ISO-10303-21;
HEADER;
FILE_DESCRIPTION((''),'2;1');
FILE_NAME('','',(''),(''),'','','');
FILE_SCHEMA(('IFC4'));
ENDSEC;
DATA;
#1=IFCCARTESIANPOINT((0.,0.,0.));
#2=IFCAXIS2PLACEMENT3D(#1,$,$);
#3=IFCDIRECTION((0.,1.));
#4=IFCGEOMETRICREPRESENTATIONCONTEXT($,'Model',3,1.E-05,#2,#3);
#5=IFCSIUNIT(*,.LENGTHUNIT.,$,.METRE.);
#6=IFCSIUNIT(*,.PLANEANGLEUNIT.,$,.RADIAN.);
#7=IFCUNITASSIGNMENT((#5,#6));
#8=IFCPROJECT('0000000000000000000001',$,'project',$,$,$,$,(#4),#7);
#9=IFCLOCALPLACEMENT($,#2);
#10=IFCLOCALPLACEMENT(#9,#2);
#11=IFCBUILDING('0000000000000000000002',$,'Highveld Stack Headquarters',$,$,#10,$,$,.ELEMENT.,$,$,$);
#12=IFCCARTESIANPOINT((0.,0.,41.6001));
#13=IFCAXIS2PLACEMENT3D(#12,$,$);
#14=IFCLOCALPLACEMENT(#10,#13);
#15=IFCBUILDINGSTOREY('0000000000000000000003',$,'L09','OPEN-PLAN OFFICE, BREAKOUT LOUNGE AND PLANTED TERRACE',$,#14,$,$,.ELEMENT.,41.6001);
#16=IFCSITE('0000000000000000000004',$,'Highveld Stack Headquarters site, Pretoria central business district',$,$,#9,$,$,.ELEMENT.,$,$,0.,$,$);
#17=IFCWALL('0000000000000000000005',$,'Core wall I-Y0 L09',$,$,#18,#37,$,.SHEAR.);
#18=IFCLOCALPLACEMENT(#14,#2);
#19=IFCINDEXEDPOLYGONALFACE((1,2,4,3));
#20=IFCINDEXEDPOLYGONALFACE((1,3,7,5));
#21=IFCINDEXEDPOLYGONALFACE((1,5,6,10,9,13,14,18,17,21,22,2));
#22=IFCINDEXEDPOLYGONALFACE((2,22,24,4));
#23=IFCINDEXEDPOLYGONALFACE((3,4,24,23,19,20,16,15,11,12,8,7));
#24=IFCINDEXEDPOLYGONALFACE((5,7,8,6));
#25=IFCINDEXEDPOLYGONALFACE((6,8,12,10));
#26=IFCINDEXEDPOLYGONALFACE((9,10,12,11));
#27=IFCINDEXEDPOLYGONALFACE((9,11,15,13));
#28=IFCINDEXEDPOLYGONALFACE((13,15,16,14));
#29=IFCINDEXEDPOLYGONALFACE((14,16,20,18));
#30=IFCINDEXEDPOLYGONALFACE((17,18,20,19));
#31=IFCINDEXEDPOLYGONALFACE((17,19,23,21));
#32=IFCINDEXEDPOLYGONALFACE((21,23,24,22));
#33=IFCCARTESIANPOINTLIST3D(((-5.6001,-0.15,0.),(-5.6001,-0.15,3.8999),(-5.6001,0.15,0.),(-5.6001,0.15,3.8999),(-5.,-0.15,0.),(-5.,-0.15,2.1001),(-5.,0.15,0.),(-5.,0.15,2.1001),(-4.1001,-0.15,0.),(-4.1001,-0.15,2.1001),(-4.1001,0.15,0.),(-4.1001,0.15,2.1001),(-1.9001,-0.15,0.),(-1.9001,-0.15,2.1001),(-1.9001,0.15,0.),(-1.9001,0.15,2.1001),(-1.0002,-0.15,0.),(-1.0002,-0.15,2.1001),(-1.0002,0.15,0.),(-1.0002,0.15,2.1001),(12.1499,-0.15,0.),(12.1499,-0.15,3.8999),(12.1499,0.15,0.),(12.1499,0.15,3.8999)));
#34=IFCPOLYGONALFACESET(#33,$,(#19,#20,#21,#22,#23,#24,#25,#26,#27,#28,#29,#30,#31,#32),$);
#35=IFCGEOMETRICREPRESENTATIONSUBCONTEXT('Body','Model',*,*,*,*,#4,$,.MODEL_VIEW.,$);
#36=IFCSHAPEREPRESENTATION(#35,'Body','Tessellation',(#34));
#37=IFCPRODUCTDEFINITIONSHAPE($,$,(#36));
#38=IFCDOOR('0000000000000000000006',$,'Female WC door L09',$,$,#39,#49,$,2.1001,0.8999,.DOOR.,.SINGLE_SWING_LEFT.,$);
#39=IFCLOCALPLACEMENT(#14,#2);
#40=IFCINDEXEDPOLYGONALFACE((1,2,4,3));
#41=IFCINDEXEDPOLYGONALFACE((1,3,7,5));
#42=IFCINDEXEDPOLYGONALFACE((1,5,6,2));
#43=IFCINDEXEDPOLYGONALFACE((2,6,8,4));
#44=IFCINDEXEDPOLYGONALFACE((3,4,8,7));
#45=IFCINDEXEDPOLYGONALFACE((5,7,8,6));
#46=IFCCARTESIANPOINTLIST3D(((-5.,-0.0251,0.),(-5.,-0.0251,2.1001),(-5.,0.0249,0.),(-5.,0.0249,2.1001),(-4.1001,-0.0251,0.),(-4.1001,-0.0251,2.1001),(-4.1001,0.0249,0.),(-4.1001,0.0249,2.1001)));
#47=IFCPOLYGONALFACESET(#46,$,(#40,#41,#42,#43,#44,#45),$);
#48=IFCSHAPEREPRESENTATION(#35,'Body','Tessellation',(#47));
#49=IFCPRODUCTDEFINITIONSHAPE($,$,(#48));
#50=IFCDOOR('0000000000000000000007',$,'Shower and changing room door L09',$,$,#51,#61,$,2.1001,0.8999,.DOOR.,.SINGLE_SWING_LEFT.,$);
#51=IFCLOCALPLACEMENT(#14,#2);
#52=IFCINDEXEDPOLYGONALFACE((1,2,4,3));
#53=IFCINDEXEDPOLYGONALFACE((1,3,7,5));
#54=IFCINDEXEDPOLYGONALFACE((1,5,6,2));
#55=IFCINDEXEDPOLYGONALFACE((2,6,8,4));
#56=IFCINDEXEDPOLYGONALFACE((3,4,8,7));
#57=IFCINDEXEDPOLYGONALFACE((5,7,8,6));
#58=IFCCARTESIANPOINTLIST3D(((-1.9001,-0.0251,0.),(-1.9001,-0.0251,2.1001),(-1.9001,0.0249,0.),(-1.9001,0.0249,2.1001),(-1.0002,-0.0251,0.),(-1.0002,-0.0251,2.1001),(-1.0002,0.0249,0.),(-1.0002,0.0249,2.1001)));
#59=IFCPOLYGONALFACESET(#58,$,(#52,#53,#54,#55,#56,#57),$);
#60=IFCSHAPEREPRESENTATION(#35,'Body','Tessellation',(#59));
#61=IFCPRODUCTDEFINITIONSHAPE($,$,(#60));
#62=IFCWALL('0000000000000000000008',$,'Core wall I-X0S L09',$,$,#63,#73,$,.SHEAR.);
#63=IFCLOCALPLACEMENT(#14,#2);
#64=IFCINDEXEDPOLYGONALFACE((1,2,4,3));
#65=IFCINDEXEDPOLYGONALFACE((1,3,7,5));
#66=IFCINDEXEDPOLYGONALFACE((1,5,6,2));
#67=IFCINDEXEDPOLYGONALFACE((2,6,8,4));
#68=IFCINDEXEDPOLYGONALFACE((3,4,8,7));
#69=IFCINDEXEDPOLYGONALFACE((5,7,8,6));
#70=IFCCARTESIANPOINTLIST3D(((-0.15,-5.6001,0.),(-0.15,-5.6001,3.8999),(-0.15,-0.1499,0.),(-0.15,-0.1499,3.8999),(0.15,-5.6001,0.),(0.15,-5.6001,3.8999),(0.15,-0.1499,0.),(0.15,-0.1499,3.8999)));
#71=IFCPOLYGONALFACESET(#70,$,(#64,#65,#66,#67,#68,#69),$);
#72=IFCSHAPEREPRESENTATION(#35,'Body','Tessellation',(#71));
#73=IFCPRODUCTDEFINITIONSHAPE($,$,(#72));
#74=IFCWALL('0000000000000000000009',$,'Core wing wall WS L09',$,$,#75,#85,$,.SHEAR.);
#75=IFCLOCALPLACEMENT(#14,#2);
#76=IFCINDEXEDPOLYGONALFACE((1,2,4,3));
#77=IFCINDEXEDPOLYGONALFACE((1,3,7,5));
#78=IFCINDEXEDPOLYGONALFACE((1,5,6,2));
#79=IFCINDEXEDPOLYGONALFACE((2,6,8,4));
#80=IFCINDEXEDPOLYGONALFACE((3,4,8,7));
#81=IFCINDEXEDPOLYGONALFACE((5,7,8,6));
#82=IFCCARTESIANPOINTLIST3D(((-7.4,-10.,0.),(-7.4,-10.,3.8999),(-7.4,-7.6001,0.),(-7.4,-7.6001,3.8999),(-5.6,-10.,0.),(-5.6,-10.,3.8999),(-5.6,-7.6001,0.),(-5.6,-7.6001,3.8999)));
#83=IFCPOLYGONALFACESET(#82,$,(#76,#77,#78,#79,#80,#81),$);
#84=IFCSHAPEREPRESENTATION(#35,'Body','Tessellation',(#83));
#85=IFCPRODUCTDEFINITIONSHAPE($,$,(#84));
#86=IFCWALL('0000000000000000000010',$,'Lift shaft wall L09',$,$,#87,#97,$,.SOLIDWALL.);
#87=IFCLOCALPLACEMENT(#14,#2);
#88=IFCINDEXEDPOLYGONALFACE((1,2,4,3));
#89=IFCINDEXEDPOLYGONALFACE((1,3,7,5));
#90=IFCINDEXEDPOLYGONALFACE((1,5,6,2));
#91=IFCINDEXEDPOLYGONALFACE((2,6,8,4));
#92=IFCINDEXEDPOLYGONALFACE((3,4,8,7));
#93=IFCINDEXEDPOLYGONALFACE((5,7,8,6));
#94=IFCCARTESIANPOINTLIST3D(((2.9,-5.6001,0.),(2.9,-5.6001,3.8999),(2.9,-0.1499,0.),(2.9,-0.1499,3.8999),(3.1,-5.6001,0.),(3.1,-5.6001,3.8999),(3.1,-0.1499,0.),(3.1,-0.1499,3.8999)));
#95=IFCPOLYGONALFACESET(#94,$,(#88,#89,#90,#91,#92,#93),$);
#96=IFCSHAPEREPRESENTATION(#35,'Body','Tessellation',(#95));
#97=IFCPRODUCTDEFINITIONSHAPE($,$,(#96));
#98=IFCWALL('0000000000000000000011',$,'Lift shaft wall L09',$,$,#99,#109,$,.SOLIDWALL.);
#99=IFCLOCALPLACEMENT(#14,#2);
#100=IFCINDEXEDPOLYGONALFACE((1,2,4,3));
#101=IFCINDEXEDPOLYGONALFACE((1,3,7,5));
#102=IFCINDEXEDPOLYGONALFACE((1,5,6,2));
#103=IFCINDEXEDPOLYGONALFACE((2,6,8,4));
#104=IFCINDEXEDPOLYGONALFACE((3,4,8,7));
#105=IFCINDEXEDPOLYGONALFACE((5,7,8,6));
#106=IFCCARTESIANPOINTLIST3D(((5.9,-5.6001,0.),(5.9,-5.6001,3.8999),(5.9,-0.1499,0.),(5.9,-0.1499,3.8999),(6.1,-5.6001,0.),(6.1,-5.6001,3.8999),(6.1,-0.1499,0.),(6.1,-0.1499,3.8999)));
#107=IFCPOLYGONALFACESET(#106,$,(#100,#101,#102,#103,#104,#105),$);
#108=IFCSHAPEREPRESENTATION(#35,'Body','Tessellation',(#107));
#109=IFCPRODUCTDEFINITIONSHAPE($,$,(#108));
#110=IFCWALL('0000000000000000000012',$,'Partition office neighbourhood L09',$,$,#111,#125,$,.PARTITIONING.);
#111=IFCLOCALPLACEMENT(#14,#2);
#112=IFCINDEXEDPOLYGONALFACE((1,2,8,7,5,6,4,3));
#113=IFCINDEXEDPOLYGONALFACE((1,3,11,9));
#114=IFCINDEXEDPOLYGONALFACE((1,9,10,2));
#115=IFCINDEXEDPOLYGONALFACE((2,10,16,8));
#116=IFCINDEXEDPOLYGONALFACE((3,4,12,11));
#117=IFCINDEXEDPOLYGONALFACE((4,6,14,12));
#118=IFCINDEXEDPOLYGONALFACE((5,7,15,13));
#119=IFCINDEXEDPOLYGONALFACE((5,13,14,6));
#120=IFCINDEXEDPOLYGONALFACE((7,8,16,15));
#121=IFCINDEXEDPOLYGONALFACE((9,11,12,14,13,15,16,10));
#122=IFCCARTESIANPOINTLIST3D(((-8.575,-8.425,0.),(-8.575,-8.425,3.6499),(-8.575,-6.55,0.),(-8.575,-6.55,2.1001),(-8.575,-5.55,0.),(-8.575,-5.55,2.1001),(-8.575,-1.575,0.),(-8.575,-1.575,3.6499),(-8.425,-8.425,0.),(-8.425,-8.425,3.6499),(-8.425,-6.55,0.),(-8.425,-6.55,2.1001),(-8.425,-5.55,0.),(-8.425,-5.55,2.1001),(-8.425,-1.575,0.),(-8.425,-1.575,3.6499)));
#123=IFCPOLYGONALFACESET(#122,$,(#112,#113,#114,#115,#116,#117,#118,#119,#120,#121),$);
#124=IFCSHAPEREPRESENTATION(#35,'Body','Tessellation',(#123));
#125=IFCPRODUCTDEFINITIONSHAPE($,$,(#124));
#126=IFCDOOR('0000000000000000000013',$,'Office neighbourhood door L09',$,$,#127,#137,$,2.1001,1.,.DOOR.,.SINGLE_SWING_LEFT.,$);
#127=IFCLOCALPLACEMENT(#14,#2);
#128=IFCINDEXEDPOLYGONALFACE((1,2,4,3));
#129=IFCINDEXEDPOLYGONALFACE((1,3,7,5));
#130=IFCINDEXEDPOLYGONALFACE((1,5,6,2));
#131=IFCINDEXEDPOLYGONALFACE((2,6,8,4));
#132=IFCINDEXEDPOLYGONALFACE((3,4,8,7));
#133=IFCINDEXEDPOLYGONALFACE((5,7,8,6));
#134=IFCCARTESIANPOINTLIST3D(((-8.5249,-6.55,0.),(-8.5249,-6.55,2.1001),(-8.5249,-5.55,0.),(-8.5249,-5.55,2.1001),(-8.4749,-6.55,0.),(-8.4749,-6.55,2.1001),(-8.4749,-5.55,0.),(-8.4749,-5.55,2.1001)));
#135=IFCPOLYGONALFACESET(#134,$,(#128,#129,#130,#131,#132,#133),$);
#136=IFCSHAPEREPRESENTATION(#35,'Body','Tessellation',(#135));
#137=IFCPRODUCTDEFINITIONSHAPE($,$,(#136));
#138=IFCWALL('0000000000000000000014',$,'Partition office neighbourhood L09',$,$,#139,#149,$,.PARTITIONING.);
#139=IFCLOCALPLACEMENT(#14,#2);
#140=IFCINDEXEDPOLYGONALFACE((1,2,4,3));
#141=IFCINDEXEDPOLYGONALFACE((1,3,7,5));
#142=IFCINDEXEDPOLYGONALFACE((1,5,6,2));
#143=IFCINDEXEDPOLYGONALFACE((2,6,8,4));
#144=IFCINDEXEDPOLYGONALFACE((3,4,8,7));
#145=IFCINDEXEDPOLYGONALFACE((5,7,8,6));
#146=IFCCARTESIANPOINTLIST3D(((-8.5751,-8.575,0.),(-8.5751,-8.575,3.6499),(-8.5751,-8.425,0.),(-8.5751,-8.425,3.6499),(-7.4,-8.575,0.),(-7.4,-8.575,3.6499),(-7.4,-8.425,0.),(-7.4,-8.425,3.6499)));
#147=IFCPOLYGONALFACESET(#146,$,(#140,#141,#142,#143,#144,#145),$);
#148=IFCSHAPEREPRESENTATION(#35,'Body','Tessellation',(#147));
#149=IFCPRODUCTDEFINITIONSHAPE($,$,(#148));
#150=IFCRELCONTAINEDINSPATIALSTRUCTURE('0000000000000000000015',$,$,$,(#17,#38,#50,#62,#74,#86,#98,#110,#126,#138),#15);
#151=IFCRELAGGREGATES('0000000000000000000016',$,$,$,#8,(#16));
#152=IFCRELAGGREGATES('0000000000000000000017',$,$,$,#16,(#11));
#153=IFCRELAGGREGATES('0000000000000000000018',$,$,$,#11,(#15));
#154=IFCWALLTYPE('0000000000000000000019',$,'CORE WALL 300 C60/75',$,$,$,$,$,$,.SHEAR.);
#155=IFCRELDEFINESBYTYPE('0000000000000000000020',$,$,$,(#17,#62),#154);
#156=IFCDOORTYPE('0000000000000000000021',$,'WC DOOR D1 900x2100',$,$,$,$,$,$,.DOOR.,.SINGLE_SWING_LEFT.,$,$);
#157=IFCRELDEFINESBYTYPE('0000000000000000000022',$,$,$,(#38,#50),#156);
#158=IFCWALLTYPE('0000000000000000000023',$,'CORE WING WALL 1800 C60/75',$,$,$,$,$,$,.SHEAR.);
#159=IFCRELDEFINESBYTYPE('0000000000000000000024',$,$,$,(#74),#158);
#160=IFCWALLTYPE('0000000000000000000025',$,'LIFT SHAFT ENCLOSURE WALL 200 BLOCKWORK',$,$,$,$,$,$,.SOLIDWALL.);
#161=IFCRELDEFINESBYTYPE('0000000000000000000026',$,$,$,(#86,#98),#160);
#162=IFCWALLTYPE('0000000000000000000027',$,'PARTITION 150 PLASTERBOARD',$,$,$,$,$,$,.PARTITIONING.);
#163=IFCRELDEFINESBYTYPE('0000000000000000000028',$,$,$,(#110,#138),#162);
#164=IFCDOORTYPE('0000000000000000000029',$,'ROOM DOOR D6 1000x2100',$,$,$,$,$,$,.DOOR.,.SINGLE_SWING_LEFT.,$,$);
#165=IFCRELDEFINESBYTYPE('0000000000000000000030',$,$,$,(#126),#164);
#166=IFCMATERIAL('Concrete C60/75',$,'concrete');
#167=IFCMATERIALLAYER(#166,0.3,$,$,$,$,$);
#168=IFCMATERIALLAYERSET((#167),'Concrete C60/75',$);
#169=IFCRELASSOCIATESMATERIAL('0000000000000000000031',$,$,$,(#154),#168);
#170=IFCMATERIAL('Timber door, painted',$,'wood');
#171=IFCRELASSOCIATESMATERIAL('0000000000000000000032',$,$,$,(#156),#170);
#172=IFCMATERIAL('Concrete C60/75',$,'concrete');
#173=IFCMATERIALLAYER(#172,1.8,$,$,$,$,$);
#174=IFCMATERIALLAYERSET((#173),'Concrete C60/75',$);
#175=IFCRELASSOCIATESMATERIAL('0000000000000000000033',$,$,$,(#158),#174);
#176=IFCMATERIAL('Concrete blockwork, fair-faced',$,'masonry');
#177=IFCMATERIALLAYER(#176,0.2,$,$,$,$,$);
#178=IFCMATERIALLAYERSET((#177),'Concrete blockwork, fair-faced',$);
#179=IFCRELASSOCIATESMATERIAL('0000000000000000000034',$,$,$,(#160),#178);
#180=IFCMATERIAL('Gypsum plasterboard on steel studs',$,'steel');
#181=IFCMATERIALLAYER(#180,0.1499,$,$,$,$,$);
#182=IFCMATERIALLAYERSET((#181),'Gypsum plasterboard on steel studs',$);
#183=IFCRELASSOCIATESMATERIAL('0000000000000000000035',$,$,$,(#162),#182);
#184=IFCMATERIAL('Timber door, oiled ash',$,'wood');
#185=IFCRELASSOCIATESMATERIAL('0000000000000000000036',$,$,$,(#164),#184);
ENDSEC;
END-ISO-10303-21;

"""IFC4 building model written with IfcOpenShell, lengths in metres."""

from ifc_helpers import new_model, si_unit, direction, frame, frame_2d, origin, place, context, subcontext, project, spatial, rectangle, extrude, material, layer, layer_set, type_object, element, fill, save


model = new_model("IFC4")

# Units and contexts
model_context = context("Model", 3, precision=1e-05, world=origin(), true_north=direction((0.0, 1.0)))
body_context = subcontext(model_context, "Body", "Model", "MODEL_VIEW")
ifc_project = project(units=[si_unit("LENGTHUNIT", "METRE"), si_unit("PLANEANGLEUNIT", "RADIAN")], contexts=[model_context])

# Site, building, storey
site_placement = place(None, origin())
site = spatial("IfcSite", under=ifc_project, at=site_placement, Name="Highveld Stack Headquarters site, Pretoria central business district", CompositionType="ELEMENT", RefElevation=0.0)
building_placement = place(site_placement, origin())
building = spatial("IfcBuilding", under=site, at=building_placement, Name="Highveld Stack Headquarters", CompositionType="ELEMENT")
storey_placement = place(building_placement, frame((0.0, 0.0, 41.6001)))
storey = spatial("IfcBuildingStorey", under=building, at=storey_placement, Name="L09", Description="OPEN-PLAN OFFICE, BREAKOUT LOUNGE AND PLANTED TERRACE", CompositionType="ELEMENT", Elevation=41.6001)

# Wall, openings, doors
ifc_material_1 = material(Name="Concrete C60/75", Category="concrete")
ifc_layer_1 = layer(ifc_material_1, 0.3)
ifc_layer_set_1 = layer_set([ifc_layer_1], Name="Concrete C60/75")
wall_type_1 = type_object("IfcWallType", Name="CORE WALL 300 C60/75", PredefinedType="SHEAR", material=ifc_layer_set_1)
wall_1_placement = place(storey_placement, frame((-5.6001, 0.0, 0.0), z_axis=(0.0, 0.0, 1.0), x_axis=(1.0, 0.0, 0.0)))
wall_1 = element("IfcWall", 1, at=wall_1_placement, inside=storey, type_object=wall_type_1, Name="Core wall I-Y0 L09", PredefinedType="SHEAR", context=body_context, shape_type="SweptSolid", body=[
    extrude(rectangle(XDim=17.75, YDim=0.3, at=frame_2d((8.875, 0.0))), origin(), (0.0, 0.0, 1.0), 3.8999),
])
opening_1_placement = place(wall_1_placement, frame((0.6001, 0.0, 0.0)))
opening_1 = element("IfcOpeningElement", 2, at=opening_1_placement, cuts=wall_1, PredefinedType="OPENING", context=body_context, shape_type="SweptSolid", body=[
    extrude(rectangle(XDim=0.8999, YDim=2.1001, at=frame_2d((0.45, 1.05))), frame((0.0, 0.1599, 0.0), z_axis=(0.0, -1.0, 0.0), x_axis=(1.0, 0.0, 0.0)), (0.0, 0.0, 1.0), 0.3201),
])
opening_2_placement = place(wall_1_placement, frame((3.7, 0.0, 0.0)))
opening_2 = element("IfcOpeningElement", 3, at=opening_2_placement, cuts=wall_1, PredefinedType="OPENING", context=body_context, shape_type="SweptSolid", body=[
    extrude(rectangle(XDim=0.8999, YDim=2.1001, at=frame_2d((0.45, 1.05))), frame((0.0, 0.1599, 0.0), z_axis=(0.0, -1.0, 0.0), x_axis=(1.0, 0.0, 0.0)), (0.0, 0.0, 1.0), 0.3201),
])
ifc_material_2 = material(Name="Timber door, painted", Category="wood")
door_type_1 = type_object("IfcDoorType", Name="WC DOOR D1 900x2100", OperationType="SINGLE_SWING_LEFT", PredefinedType="DOOR", material=ifc_material_2)
door_1_placement = place(opening_1_placement, origin())
door_1 = element("IfcDoor", 4, at=door_1_placement, inside=storey, type_object=door_type_1, Name="Female WC door L09", OperationType="SINGLE_SWING_LEFT", OverallHeight=2.1001, OverallWidth=0.8999, PredefinedType="DOOR", context=body_context, shape_type="SweptSolid", body=[
    extrude(rectangle(XDim=0.8999, YDim=2.1001, at=frame_2d((0.45, 1.05))), frame((0.0, 0.0249, 0.0), z_axis=(0.0, -1.0, 0.0), x_axis=(1.0, 0.0, 0.0)), (0.0, 0.0, 1.0), 0.05),
])
fill(opening_1, door_1)
door_2_placement = place(opening_2_placement, origin())
door_2 = element("IfcDoor", 5, at=door_2_placement, inside=storey, type_object=door_type_1, Name="Shower and changing room door L09", OperationType="SINGLE_SWING_LEFT", OverallHeight=2.1001, OverallWidth=0.8999, PredefinedType="DOOR", context=body_context, shape_type="SweptSolid", body=[
    extrude(rectangle(XDim=0.8999, YDim=2.1001, at=frame_2d((0.45, 1.05))), frame((0.0, 0.0249, 0.0), z_axis=(0.0, -1.0, 0.0), x_axis=(1.0, 0.0, 0.0)), (0.0, 0.0, 1.0), 0.05),
])
fill(opening_2, door_2)

# Walls
wall_2_placement = place(storey_placement, frame((0.0, -5.6001, 0.0), z_axis=(0.0, 0.0, 1.0), x_axis=(0.0, 1.0, 0.0)))
element("IfcWall", 6, at=wall_2_placement, inside=storey, type_object=wall_type_1, Name="Core wall I-X0S L09", PredefinedType="SHEAR", context=body_context, shape_type="SweptSolid", body=[
    extrude(rectangle(XDim=5.4502, YDim=0.3, at=frame_2d((2.7251, 0.0))), origin(), (0.0, 0.0, 1.0), 3.8999),
])
ifc_material_3 = material(Name="Concrete C60/75", Category="concrete")
ifc_layer_2 = layer(ifc_material_3, 1.8)
ifc_layer_set_2 = layer_set([ifc_layer_2], Name="Concrete C60/75")
wall_type_2 = type_object("IfcWallType", Name="CORE WING WALL 1800 C60/75", PredefinedType="SHEAR", material=ifc_layer_set_2)
wall_3_placement = place(storey_placement, frame((-6.5, -10.0, 0.0), z_axis=(0.0, 0.0, 1.0), x_axis=(0.0, 1.0, 0.0)))
element("IfcWall", 7, at=wall_3_placement, inside=storey, type_object=wall_type_2, Name="Core wing wall WS L09", PredefinedType="SHEAR", context=body_context, shape_type="SweptSolid", body=[
    extrude(rectangle(XDim=2.3999, YDim=1.8, at=frame_2d((1.2, 0.0))), origin(), (0.0, 0.0, 1.0), 3.8999),
])
ifc_material_4 = material(Name="Concrete blockwork, fair-faced", Category="masonry")
ifc_layer_3 = layer(ifc_material_4, 0.2)
ifc_layer_set_3 = layer_set([ifc_layer_3], Name="Concrete blockwork, fair-faced")
wall_type_3 = type_object("IfcWallType", Name="LIFT SHAFT ENCLOSURE WALL 200 BLOCKWORK", PredefinedType="SOLIDWALL", material=ifc_layer_set_3)
for number, where, z_axis, x_axis, name in (
    (8, (3.0, -5.6001, 0.0), (0.0, 0.0, 1.0), (0.0, 1.0, 0.0), "Lift shaft wall L09"),
    (9, (6.0, -5.6001, 0.0), (0.0, 0.0, 1.0), (0.0, 1.0, 0.0), "Lift shaft wall L09"),
):
    element("IfcWall", number, at=place(storey_placement, frame(where, z_axis=z_axis, x_axis=x_axis)), inside=storey, type_object=wall_type_3, Name=name, PredefinedType="SOLIDWALL", context=body_context, shape_type="SweptSolid", body=[
        extrude(rectangle(XDim=5.4502, YDim=0.2, at=frame_2d((2.7251, 0.0))), origin(), (0.0, 0.0, 1.0), 3.8999),
    ])

# Wall, opening, door
ifc_material_5 = material(Name="Gypsum plasterboard on steel studs", Category="steel")
ifc_layer_4 = layer(ifc_material_5, 0.1499)
ifc_layer_set_4 = layer_set([ifc_layer_4], Name="Gypsum plasterboard on steel studs")
wall_type_4 = type_object("IfcWallType", Name="PARTITION 150 PLASTERBOARD", PredefinedType="PARTITIONING", material=ifc_layer_set_4)
wall_4_placement = place(storey_placement, frame((-8.5, -8.425, 0.0), z_axis=(0.0, 0.0, 1.0), x_axis=(0.0, 1.0, 0.0)))
wall_4 = element("IfcWall", 10, at=wall_4_placement, inside=storey, type_object=wall_type_4, Name="Partition office neighbourhood L09", PredefinedType="PARTITIONING", context=body_context, shape_type="SweptSolid", body=[
    extrude(rectangle(XDim=6.8501, YDim=0.1499, at=frame_2d((3.425, 0.0))), origin(), (0.0, 0.0, 1.0), 3.6499),
])
opening_3_placement = place(wall_4_placement, frame((1.875, 0.0, 0.0)))
opening_3 = element("IfcOpeningElement", 11, at=opening_3_placement, cuts=wall_4, PredefinedType="OPENING", context=body_context, shape_type="SweptSolid", body=[
    extrude(rectangle(XDim=1.0, YDim=2.1001, at=frame_2d((0.5, 1.05))), frame((0.0, 0.085, 0.0), z_axis=(0.0, -1.0, 0.0), x_axis=(1.0, 0.0, 0.0)), (0.0, 0.0, 1.0), 0.1699),
])
ifc_material_6 = material(Name="Timber door, oiled ash", Category="wood")
door_type_2 = type_object("IfcDoorType", Name="ROOM DOOR D6 1000x2100", OperationType="SINGLE_SWING_LEFT", PredefinedType="DOOR", material=ifc_material_6)
door_3_placement = place(opening_3_placement, origin())
door_3 = element("IfcDoor", 12, at=door_3_placement, inside=storey, type_object=door_type_2, Name="Office neighbourhood door L09", OperationType="SINGLE_SWING_LEFT", OverallHeight=2.1001, OverallWidth=1.0, PredefinedType="DOOR", context=body_context, shape_type="SweptSolid", body=[
    extrude(rectangle(XDim=1.0, YDim=2.1001, at=frame_2d((0.5, 1.05))), frame((0.0, 0.0249, 0.0), z_axis=(0.0, -1.0, 0.0), x_axis=(1.0, 0.0, 0.0)), (0.0, 0.0, 1.0), 0.05),
])
fill(opening_3, door_3)

# Wall
wall_5_placement = place(storey_placement, frame((-8.575, -8.5, 0.0), z_axis=(0.0, 0.0, 1.0), x_axis=(1.0, 0.0, 0.0)))
element("IfcWall", 13, at=wall_5_placement, inside=storey, type_object=wall_type_4, Name="Partition office neighbourhood L09", PredefinedType="PARTITIONING", context=body_context, shape_type="SweptSolid", body=[
    extrude(rectangle(XDim=1.175, YDim=0.1499, at=frame_2d((0.5874, 0.0))), origin(), (0.0, 0.0, 1.0), 3.6499),
])

save(model, "model.ifc")
